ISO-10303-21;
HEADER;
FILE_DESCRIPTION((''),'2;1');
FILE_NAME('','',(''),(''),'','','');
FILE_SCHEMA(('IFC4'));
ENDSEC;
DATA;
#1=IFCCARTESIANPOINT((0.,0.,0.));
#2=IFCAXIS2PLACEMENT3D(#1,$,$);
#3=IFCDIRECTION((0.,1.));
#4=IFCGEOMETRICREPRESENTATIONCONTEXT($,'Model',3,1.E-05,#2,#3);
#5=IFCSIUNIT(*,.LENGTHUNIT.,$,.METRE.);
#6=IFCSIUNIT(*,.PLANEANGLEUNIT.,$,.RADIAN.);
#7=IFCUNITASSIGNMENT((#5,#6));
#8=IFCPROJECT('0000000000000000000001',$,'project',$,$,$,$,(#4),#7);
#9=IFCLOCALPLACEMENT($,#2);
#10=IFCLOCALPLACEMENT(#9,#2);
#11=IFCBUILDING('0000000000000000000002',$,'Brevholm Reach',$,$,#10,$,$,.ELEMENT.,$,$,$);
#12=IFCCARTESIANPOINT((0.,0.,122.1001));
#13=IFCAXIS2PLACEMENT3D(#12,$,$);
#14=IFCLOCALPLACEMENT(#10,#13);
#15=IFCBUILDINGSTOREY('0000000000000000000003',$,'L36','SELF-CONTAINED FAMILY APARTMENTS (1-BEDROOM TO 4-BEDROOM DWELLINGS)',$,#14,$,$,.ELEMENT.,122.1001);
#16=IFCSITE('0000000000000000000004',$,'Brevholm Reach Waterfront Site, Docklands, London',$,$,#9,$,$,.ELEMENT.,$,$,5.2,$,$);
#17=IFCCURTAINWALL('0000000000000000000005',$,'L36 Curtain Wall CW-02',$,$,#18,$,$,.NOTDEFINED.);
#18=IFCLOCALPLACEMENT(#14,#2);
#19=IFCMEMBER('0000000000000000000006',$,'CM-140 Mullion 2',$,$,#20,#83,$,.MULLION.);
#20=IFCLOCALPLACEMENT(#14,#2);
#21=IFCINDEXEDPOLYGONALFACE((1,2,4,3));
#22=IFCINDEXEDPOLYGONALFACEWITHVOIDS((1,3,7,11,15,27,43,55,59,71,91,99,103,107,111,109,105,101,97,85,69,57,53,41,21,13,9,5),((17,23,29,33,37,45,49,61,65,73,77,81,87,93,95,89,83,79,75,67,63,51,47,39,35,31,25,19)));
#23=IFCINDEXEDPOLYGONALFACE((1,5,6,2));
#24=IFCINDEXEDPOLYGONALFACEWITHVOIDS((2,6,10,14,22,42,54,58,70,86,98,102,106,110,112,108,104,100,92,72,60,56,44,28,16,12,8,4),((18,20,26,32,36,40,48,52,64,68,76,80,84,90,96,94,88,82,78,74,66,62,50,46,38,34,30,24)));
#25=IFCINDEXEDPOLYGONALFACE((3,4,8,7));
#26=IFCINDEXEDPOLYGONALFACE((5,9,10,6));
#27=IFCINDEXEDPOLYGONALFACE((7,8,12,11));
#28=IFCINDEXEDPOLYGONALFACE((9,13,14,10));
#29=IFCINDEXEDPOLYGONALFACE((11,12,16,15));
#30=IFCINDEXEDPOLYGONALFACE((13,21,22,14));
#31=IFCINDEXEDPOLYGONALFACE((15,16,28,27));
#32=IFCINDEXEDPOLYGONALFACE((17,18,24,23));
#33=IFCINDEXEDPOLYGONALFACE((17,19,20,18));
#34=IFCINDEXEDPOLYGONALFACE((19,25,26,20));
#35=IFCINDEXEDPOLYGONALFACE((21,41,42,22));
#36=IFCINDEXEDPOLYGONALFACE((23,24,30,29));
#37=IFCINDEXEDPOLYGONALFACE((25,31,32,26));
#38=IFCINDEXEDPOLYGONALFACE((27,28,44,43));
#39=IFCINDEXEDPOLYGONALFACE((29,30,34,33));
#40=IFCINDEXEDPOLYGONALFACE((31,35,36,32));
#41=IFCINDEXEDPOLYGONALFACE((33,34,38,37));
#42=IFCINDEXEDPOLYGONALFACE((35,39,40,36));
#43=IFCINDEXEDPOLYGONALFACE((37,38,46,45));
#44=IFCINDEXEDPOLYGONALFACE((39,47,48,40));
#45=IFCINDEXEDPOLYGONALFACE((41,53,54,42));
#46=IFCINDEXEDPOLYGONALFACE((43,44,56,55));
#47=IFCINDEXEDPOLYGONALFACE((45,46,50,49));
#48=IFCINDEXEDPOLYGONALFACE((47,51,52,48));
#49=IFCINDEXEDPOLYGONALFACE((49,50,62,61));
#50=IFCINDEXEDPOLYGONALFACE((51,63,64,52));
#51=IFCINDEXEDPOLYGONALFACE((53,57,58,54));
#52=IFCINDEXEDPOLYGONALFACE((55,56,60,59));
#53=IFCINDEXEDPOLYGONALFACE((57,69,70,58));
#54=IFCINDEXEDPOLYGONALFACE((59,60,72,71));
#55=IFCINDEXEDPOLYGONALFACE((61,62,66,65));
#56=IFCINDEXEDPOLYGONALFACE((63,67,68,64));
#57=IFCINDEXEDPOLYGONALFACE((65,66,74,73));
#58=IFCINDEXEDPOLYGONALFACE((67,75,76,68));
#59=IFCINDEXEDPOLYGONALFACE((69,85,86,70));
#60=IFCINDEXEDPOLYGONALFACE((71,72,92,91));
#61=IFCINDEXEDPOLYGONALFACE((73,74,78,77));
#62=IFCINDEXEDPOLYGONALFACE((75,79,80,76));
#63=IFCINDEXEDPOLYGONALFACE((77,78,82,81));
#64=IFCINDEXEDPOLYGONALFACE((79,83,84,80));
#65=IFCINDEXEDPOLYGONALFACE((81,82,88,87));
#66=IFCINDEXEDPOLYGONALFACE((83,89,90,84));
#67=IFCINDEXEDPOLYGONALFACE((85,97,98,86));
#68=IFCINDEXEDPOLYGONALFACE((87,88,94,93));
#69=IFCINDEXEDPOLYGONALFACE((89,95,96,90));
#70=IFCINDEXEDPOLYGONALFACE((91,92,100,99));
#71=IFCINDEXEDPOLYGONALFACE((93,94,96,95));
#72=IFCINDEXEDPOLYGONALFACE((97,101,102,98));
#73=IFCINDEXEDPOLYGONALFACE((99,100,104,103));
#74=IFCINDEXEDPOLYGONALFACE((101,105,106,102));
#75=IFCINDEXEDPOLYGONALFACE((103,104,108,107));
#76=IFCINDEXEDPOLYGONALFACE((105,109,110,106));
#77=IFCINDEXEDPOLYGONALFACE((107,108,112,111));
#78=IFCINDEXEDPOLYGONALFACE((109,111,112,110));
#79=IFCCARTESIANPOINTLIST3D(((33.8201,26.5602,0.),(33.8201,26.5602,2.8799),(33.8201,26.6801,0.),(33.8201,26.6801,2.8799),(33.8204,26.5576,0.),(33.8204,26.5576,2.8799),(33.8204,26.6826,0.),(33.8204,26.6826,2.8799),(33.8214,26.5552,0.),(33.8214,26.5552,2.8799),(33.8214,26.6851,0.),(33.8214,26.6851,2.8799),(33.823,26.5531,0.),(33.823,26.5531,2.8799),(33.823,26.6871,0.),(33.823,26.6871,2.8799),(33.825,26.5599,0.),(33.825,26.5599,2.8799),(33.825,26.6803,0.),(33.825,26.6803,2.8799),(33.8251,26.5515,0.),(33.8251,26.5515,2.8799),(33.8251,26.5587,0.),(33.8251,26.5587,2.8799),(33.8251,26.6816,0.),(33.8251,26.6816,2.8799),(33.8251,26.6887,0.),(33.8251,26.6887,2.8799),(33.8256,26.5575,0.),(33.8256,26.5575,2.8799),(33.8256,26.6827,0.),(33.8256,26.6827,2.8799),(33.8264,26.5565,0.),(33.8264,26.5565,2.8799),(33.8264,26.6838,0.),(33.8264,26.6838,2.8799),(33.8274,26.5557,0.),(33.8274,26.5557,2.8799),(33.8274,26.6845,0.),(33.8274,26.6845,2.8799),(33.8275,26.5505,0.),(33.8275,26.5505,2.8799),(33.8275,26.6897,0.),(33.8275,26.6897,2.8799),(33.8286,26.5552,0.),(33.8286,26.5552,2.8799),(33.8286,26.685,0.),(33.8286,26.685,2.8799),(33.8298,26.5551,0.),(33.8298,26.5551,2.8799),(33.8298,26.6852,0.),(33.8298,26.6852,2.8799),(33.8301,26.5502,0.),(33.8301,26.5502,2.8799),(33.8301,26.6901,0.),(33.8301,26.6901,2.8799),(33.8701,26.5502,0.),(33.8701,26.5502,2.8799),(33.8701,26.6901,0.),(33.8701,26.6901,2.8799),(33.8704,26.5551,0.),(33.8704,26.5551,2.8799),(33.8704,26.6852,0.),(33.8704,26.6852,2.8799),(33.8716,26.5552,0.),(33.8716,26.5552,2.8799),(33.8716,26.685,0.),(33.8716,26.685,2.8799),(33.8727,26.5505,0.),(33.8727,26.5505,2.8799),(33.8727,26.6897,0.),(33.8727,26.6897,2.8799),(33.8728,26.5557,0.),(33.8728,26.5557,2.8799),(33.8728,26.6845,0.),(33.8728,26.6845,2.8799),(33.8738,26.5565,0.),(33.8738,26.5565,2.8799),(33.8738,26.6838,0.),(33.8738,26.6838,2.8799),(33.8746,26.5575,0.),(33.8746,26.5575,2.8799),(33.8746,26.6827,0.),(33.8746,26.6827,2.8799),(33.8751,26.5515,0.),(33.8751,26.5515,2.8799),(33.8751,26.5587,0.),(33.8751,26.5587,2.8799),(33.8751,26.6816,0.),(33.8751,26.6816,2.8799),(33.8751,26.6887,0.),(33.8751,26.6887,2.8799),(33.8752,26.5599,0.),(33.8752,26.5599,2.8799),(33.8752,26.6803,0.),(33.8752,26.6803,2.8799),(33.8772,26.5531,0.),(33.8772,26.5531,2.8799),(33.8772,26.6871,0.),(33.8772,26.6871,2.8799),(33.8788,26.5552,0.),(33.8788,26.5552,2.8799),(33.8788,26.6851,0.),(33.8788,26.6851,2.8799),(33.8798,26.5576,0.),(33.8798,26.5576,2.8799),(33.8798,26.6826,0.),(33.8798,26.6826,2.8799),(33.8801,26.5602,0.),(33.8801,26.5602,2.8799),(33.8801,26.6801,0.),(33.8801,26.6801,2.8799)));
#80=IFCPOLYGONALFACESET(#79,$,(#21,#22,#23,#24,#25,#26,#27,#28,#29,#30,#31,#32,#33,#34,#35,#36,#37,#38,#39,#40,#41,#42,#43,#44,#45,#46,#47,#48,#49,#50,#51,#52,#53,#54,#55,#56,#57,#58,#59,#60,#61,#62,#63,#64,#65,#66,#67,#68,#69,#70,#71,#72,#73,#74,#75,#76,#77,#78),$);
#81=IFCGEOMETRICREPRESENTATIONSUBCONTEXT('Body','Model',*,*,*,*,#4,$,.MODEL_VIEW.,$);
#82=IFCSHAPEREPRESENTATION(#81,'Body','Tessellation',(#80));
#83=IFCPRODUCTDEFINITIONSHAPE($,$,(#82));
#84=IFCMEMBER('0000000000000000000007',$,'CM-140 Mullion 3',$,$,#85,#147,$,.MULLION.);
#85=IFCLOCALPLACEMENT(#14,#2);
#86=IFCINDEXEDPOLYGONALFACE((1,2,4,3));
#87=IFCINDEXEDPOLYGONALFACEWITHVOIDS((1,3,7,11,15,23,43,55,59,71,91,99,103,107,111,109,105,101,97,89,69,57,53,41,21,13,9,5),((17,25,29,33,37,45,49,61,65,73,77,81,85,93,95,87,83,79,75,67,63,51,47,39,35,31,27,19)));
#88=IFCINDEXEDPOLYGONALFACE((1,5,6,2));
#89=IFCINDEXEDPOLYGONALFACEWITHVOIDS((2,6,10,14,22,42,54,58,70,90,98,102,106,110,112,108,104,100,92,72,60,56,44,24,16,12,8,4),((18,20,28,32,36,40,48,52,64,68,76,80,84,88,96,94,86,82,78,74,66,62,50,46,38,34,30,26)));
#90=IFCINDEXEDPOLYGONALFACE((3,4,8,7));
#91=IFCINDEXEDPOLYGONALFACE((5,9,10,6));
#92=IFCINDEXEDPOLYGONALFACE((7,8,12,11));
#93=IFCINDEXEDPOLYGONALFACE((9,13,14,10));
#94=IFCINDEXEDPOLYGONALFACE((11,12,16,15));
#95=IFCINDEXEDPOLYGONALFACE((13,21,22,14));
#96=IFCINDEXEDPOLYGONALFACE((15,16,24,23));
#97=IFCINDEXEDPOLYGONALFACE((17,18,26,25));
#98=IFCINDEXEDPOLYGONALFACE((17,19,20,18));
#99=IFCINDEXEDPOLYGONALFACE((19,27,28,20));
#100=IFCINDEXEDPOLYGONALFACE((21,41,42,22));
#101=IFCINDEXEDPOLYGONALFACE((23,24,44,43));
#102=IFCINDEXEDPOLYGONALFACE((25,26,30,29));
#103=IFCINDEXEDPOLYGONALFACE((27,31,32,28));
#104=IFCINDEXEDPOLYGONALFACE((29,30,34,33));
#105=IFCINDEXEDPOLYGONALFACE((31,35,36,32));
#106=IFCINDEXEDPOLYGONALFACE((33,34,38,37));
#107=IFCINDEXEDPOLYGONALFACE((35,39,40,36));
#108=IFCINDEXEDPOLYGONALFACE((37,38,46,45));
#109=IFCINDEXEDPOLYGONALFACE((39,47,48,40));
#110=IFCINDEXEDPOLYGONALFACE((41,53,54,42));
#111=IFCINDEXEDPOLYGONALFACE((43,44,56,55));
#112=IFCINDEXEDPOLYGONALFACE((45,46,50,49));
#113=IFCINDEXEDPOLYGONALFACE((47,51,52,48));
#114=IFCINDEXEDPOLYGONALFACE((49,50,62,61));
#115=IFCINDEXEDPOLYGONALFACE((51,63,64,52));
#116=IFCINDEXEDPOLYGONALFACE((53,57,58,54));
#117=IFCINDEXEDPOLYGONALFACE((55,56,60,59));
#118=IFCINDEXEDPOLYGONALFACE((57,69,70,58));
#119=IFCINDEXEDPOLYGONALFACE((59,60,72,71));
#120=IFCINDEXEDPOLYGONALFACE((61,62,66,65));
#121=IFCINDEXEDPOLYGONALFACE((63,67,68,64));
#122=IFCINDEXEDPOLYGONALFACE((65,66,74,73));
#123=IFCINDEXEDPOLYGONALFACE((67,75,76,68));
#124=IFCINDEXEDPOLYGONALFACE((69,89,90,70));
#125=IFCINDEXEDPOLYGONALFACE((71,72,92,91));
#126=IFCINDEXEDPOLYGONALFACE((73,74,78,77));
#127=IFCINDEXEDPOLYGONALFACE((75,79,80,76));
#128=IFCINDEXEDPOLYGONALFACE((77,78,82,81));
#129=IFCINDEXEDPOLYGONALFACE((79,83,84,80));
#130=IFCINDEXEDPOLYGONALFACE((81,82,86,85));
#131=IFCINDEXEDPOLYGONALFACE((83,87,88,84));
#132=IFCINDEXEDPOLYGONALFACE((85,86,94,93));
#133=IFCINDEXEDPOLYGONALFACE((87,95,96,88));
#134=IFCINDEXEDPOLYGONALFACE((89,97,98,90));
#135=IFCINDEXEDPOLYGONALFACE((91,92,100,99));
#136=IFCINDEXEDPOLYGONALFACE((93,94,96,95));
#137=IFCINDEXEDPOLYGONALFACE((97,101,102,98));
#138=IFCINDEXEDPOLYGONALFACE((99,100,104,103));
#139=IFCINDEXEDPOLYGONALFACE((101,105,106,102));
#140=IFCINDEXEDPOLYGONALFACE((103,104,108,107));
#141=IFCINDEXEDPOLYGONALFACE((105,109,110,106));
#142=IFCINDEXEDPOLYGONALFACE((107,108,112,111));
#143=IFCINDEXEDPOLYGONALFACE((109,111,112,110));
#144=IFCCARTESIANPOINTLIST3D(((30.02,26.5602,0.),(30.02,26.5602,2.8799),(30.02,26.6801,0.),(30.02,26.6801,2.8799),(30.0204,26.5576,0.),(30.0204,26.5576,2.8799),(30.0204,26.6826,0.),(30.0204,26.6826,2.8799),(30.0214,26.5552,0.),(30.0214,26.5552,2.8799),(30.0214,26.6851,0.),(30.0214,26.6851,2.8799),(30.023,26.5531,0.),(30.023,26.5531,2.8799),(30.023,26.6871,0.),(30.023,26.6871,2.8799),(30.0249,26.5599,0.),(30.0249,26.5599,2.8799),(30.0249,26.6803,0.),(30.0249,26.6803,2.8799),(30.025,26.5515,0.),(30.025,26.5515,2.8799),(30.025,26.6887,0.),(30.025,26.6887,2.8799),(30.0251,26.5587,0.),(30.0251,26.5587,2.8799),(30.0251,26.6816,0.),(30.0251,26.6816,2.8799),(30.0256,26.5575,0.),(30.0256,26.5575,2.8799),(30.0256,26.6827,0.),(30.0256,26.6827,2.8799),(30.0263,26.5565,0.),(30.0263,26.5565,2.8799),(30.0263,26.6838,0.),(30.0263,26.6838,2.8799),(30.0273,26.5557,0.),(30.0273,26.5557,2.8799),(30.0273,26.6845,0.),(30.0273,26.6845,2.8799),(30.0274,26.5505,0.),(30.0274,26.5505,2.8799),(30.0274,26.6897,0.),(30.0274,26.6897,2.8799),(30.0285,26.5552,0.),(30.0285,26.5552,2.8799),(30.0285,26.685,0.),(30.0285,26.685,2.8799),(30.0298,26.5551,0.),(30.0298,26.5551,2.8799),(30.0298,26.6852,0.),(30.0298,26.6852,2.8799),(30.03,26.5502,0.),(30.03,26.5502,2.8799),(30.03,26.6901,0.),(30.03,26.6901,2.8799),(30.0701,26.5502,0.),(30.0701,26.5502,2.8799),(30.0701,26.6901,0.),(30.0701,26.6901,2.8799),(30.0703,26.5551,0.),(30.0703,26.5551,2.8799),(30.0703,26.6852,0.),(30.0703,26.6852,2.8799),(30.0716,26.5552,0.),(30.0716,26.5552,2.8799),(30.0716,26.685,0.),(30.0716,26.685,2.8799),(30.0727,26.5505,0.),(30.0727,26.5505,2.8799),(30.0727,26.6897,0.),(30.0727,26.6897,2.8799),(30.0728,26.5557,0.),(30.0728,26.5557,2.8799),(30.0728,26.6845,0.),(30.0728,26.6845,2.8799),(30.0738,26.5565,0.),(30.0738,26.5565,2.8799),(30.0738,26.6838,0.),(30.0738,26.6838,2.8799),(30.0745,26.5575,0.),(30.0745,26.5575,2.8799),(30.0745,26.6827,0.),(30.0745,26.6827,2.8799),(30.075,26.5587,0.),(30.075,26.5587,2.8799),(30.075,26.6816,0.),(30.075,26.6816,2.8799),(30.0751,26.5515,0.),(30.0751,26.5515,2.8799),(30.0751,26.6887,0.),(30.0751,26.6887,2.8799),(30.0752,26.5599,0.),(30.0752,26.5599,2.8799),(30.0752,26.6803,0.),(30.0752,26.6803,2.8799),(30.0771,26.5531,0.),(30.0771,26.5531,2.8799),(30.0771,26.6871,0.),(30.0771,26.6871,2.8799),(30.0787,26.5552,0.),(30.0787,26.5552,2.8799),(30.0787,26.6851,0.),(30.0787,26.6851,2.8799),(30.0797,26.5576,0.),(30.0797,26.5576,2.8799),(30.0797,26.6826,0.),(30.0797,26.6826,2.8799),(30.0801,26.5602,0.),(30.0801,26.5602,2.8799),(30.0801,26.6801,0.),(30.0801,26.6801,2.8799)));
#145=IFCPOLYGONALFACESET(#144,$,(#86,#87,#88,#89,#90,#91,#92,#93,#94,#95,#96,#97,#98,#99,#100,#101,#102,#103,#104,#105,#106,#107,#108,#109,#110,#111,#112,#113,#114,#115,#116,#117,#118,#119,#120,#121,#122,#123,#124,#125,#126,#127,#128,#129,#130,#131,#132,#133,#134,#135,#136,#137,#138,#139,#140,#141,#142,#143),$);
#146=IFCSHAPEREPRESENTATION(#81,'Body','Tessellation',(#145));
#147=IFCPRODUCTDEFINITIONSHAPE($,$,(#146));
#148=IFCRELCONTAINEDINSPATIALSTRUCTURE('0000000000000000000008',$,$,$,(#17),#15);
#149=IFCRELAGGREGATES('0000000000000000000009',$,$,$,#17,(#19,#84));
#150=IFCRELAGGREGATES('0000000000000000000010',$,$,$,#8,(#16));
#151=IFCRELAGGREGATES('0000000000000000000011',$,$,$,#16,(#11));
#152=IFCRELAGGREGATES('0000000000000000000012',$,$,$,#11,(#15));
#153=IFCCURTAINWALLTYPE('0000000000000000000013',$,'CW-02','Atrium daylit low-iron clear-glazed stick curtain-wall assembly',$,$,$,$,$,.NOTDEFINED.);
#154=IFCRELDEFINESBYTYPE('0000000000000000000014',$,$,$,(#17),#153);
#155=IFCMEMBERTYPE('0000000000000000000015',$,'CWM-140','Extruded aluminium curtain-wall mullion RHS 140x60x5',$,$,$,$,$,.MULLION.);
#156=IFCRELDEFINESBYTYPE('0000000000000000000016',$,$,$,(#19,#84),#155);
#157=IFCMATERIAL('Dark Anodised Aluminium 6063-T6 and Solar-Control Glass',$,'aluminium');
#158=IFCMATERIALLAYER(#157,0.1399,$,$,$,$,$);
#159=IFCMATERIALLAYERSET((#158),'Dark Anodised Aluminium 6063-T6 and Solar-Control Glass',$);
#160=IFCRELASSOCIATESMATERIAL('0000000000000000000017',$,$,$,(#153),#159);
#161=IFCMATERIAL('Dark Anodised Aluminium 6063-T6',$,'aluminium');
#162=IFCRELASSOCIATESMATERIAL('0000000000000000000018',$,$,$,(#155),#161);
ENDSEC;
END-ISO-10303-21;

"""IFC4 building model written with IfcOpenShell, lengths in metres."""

from ifc_helpers import new_model, si_unit, direction, frame, origin, origin_2d, place, context, subcontext, project, spatial, hollow_rectangle, extrude, material, layer, layer_set, material_profile, profile_set, type_object, element, aggregate, save


model = new_model("IFC4")

# Units and contexts
model_context = context("Model", 3, precision=1e-05, world=origin(), true_north=direction((0.0, 1.0)))
body_context = subcontext(model_context, "Body", "Model", "MODEL_VIEW")
ifc_project = project(units=[si_unit("LENGTHUNIT", "METRE"), si_unit("PLANEANGLEUNIT", "RADIAN")], contexts=[model_context])

# Site, building, storey
site_placement = place(None, origin())
site = spatial("IfcSite", under=ifc_project, at=site_placement, Name="Brevholm Reach Waterfront Site, Docklands, London", CompositionType="ELEMENT", RefElevation=5.2)
building_placement = place(site_placement, origin())
building = spatial("IfcBuilding", under=site, at=building_placement, Name="Brevholm Reach", CompositionType="ELEMENT")
storey_placement = place(building_placement, frame((0.0, 0.0, 122.1001)))
storey = spatial("IfcBuildingStorey", under=building, at=storey_placement, Name="L36", Description="SELF-CONTAINED FAMILY APARTMENTS (1-BEDROOM TO 4-BEDROOM DWELLINGS)", CompositionType="ELEMENT", Elevation=122.1001)

# Curtain wall, members
ifc_material_1 = material(Name="Dark Anodised Aluminium 6063-T6 and Solar-Control Glass", Category="aluminium")
ifc_layer_1 = layer(ifc_material_1, 0.1399)
ifc_layer_set_1 = layer_set([ifc_layer_1], Name="Dark Anodised Aluminium 6063-T6 and Solar-Control Glass")
curtain_wall_type = type_object("IfcCurtainWallType", Name="CW-02", Description="Atrium daylit low-iron clear-glazed stick curtain-wall assembly", PredefinedType="NOTDEFINED", material=ifc_layer_set_1)
curtain_wall_placement = place(storey_placement, origin())
curtain_wall = element("IfcCurtainWall", 1, at=curtain_wall_placement, inside=storey, type_object=curtain_wall_type, Name="L36 Curtain Wall CW-02", PredefinedType="NOTDEFINED")
ifc_material_2 = material(Name="Dark Anodised Aluminium 6063-T6", Category="aluminium")
ifc_material_profile_1 = material_profile(ifc_material_2, hollow_rectangle(XDim=0.0601, YDim=0.1399, WallThickness=0.0049, InnerFilletRadius=0.0049, OuterFilletRadius=0.01, at=origin_2d()), Name="RHS 140x60x5")
ifc_profile_set_1 = profile_set([ifc_material_profile_1], Name="Dark Anodised Aluminium 6063-T6")
member_type_1 = type_object("IfcMemberType", Name="CWM-140", Description="Extruded aluminium curtain-wall mullion RHS 140x60x5", PredefinedType="MULLION", material=ifc_profile_set_1)
member_1_placement = place(storey_placement, frame((33.8501, 26.6201, 0.0), z_axis=(0.0, 0.0, 1.0), x_axis=(-1.0, 0.0, 0.0)))
member_1 = element("IfcMember", 2, at=member_1_placement, type_object=member_type_1, Name="CM-140 Mullion 2", PredefinedType="MULLION", context=body_context, shape_type="SweptSolid", body=[
    extrude(hollow_rectangle(XDim=0.0601, YDim=0.1399, WallThickness=0.0049, InnerFilletRadius=0.0049, OuterFilletRadius=0.01, at=origin_2d()), origin(), (0.0, 0.0, 1.0), 2.8799),
])
member_2_placement = place(storey_placement, frame((30.05, 26.6201, 0.0), z_axis=(0.0, 0.0, 1.0), x_axis=(-1.0, 0.0, 0.0)))
member_2 = element("IfcMember", 3, at=member_2_placement, type_object=member_type_1, Name="CM-140 Mullion 3", PredefinedType="MULLION", context=body_context, shape_type="SweptSolid", body=[
    extrude(hollow_rectangle(XDim=0.0601, YDim=0.1399, WallThickness=0.0049, InnerFilletRadius=0.0049, OuterFilletRadius=0.01, at=origin_2d()), origin(), (0.0, 0.0, 1.0), 2.8799),
])
aggregate(curtain_wall, [member_1, member_2])

save(model, "model.ifc")
